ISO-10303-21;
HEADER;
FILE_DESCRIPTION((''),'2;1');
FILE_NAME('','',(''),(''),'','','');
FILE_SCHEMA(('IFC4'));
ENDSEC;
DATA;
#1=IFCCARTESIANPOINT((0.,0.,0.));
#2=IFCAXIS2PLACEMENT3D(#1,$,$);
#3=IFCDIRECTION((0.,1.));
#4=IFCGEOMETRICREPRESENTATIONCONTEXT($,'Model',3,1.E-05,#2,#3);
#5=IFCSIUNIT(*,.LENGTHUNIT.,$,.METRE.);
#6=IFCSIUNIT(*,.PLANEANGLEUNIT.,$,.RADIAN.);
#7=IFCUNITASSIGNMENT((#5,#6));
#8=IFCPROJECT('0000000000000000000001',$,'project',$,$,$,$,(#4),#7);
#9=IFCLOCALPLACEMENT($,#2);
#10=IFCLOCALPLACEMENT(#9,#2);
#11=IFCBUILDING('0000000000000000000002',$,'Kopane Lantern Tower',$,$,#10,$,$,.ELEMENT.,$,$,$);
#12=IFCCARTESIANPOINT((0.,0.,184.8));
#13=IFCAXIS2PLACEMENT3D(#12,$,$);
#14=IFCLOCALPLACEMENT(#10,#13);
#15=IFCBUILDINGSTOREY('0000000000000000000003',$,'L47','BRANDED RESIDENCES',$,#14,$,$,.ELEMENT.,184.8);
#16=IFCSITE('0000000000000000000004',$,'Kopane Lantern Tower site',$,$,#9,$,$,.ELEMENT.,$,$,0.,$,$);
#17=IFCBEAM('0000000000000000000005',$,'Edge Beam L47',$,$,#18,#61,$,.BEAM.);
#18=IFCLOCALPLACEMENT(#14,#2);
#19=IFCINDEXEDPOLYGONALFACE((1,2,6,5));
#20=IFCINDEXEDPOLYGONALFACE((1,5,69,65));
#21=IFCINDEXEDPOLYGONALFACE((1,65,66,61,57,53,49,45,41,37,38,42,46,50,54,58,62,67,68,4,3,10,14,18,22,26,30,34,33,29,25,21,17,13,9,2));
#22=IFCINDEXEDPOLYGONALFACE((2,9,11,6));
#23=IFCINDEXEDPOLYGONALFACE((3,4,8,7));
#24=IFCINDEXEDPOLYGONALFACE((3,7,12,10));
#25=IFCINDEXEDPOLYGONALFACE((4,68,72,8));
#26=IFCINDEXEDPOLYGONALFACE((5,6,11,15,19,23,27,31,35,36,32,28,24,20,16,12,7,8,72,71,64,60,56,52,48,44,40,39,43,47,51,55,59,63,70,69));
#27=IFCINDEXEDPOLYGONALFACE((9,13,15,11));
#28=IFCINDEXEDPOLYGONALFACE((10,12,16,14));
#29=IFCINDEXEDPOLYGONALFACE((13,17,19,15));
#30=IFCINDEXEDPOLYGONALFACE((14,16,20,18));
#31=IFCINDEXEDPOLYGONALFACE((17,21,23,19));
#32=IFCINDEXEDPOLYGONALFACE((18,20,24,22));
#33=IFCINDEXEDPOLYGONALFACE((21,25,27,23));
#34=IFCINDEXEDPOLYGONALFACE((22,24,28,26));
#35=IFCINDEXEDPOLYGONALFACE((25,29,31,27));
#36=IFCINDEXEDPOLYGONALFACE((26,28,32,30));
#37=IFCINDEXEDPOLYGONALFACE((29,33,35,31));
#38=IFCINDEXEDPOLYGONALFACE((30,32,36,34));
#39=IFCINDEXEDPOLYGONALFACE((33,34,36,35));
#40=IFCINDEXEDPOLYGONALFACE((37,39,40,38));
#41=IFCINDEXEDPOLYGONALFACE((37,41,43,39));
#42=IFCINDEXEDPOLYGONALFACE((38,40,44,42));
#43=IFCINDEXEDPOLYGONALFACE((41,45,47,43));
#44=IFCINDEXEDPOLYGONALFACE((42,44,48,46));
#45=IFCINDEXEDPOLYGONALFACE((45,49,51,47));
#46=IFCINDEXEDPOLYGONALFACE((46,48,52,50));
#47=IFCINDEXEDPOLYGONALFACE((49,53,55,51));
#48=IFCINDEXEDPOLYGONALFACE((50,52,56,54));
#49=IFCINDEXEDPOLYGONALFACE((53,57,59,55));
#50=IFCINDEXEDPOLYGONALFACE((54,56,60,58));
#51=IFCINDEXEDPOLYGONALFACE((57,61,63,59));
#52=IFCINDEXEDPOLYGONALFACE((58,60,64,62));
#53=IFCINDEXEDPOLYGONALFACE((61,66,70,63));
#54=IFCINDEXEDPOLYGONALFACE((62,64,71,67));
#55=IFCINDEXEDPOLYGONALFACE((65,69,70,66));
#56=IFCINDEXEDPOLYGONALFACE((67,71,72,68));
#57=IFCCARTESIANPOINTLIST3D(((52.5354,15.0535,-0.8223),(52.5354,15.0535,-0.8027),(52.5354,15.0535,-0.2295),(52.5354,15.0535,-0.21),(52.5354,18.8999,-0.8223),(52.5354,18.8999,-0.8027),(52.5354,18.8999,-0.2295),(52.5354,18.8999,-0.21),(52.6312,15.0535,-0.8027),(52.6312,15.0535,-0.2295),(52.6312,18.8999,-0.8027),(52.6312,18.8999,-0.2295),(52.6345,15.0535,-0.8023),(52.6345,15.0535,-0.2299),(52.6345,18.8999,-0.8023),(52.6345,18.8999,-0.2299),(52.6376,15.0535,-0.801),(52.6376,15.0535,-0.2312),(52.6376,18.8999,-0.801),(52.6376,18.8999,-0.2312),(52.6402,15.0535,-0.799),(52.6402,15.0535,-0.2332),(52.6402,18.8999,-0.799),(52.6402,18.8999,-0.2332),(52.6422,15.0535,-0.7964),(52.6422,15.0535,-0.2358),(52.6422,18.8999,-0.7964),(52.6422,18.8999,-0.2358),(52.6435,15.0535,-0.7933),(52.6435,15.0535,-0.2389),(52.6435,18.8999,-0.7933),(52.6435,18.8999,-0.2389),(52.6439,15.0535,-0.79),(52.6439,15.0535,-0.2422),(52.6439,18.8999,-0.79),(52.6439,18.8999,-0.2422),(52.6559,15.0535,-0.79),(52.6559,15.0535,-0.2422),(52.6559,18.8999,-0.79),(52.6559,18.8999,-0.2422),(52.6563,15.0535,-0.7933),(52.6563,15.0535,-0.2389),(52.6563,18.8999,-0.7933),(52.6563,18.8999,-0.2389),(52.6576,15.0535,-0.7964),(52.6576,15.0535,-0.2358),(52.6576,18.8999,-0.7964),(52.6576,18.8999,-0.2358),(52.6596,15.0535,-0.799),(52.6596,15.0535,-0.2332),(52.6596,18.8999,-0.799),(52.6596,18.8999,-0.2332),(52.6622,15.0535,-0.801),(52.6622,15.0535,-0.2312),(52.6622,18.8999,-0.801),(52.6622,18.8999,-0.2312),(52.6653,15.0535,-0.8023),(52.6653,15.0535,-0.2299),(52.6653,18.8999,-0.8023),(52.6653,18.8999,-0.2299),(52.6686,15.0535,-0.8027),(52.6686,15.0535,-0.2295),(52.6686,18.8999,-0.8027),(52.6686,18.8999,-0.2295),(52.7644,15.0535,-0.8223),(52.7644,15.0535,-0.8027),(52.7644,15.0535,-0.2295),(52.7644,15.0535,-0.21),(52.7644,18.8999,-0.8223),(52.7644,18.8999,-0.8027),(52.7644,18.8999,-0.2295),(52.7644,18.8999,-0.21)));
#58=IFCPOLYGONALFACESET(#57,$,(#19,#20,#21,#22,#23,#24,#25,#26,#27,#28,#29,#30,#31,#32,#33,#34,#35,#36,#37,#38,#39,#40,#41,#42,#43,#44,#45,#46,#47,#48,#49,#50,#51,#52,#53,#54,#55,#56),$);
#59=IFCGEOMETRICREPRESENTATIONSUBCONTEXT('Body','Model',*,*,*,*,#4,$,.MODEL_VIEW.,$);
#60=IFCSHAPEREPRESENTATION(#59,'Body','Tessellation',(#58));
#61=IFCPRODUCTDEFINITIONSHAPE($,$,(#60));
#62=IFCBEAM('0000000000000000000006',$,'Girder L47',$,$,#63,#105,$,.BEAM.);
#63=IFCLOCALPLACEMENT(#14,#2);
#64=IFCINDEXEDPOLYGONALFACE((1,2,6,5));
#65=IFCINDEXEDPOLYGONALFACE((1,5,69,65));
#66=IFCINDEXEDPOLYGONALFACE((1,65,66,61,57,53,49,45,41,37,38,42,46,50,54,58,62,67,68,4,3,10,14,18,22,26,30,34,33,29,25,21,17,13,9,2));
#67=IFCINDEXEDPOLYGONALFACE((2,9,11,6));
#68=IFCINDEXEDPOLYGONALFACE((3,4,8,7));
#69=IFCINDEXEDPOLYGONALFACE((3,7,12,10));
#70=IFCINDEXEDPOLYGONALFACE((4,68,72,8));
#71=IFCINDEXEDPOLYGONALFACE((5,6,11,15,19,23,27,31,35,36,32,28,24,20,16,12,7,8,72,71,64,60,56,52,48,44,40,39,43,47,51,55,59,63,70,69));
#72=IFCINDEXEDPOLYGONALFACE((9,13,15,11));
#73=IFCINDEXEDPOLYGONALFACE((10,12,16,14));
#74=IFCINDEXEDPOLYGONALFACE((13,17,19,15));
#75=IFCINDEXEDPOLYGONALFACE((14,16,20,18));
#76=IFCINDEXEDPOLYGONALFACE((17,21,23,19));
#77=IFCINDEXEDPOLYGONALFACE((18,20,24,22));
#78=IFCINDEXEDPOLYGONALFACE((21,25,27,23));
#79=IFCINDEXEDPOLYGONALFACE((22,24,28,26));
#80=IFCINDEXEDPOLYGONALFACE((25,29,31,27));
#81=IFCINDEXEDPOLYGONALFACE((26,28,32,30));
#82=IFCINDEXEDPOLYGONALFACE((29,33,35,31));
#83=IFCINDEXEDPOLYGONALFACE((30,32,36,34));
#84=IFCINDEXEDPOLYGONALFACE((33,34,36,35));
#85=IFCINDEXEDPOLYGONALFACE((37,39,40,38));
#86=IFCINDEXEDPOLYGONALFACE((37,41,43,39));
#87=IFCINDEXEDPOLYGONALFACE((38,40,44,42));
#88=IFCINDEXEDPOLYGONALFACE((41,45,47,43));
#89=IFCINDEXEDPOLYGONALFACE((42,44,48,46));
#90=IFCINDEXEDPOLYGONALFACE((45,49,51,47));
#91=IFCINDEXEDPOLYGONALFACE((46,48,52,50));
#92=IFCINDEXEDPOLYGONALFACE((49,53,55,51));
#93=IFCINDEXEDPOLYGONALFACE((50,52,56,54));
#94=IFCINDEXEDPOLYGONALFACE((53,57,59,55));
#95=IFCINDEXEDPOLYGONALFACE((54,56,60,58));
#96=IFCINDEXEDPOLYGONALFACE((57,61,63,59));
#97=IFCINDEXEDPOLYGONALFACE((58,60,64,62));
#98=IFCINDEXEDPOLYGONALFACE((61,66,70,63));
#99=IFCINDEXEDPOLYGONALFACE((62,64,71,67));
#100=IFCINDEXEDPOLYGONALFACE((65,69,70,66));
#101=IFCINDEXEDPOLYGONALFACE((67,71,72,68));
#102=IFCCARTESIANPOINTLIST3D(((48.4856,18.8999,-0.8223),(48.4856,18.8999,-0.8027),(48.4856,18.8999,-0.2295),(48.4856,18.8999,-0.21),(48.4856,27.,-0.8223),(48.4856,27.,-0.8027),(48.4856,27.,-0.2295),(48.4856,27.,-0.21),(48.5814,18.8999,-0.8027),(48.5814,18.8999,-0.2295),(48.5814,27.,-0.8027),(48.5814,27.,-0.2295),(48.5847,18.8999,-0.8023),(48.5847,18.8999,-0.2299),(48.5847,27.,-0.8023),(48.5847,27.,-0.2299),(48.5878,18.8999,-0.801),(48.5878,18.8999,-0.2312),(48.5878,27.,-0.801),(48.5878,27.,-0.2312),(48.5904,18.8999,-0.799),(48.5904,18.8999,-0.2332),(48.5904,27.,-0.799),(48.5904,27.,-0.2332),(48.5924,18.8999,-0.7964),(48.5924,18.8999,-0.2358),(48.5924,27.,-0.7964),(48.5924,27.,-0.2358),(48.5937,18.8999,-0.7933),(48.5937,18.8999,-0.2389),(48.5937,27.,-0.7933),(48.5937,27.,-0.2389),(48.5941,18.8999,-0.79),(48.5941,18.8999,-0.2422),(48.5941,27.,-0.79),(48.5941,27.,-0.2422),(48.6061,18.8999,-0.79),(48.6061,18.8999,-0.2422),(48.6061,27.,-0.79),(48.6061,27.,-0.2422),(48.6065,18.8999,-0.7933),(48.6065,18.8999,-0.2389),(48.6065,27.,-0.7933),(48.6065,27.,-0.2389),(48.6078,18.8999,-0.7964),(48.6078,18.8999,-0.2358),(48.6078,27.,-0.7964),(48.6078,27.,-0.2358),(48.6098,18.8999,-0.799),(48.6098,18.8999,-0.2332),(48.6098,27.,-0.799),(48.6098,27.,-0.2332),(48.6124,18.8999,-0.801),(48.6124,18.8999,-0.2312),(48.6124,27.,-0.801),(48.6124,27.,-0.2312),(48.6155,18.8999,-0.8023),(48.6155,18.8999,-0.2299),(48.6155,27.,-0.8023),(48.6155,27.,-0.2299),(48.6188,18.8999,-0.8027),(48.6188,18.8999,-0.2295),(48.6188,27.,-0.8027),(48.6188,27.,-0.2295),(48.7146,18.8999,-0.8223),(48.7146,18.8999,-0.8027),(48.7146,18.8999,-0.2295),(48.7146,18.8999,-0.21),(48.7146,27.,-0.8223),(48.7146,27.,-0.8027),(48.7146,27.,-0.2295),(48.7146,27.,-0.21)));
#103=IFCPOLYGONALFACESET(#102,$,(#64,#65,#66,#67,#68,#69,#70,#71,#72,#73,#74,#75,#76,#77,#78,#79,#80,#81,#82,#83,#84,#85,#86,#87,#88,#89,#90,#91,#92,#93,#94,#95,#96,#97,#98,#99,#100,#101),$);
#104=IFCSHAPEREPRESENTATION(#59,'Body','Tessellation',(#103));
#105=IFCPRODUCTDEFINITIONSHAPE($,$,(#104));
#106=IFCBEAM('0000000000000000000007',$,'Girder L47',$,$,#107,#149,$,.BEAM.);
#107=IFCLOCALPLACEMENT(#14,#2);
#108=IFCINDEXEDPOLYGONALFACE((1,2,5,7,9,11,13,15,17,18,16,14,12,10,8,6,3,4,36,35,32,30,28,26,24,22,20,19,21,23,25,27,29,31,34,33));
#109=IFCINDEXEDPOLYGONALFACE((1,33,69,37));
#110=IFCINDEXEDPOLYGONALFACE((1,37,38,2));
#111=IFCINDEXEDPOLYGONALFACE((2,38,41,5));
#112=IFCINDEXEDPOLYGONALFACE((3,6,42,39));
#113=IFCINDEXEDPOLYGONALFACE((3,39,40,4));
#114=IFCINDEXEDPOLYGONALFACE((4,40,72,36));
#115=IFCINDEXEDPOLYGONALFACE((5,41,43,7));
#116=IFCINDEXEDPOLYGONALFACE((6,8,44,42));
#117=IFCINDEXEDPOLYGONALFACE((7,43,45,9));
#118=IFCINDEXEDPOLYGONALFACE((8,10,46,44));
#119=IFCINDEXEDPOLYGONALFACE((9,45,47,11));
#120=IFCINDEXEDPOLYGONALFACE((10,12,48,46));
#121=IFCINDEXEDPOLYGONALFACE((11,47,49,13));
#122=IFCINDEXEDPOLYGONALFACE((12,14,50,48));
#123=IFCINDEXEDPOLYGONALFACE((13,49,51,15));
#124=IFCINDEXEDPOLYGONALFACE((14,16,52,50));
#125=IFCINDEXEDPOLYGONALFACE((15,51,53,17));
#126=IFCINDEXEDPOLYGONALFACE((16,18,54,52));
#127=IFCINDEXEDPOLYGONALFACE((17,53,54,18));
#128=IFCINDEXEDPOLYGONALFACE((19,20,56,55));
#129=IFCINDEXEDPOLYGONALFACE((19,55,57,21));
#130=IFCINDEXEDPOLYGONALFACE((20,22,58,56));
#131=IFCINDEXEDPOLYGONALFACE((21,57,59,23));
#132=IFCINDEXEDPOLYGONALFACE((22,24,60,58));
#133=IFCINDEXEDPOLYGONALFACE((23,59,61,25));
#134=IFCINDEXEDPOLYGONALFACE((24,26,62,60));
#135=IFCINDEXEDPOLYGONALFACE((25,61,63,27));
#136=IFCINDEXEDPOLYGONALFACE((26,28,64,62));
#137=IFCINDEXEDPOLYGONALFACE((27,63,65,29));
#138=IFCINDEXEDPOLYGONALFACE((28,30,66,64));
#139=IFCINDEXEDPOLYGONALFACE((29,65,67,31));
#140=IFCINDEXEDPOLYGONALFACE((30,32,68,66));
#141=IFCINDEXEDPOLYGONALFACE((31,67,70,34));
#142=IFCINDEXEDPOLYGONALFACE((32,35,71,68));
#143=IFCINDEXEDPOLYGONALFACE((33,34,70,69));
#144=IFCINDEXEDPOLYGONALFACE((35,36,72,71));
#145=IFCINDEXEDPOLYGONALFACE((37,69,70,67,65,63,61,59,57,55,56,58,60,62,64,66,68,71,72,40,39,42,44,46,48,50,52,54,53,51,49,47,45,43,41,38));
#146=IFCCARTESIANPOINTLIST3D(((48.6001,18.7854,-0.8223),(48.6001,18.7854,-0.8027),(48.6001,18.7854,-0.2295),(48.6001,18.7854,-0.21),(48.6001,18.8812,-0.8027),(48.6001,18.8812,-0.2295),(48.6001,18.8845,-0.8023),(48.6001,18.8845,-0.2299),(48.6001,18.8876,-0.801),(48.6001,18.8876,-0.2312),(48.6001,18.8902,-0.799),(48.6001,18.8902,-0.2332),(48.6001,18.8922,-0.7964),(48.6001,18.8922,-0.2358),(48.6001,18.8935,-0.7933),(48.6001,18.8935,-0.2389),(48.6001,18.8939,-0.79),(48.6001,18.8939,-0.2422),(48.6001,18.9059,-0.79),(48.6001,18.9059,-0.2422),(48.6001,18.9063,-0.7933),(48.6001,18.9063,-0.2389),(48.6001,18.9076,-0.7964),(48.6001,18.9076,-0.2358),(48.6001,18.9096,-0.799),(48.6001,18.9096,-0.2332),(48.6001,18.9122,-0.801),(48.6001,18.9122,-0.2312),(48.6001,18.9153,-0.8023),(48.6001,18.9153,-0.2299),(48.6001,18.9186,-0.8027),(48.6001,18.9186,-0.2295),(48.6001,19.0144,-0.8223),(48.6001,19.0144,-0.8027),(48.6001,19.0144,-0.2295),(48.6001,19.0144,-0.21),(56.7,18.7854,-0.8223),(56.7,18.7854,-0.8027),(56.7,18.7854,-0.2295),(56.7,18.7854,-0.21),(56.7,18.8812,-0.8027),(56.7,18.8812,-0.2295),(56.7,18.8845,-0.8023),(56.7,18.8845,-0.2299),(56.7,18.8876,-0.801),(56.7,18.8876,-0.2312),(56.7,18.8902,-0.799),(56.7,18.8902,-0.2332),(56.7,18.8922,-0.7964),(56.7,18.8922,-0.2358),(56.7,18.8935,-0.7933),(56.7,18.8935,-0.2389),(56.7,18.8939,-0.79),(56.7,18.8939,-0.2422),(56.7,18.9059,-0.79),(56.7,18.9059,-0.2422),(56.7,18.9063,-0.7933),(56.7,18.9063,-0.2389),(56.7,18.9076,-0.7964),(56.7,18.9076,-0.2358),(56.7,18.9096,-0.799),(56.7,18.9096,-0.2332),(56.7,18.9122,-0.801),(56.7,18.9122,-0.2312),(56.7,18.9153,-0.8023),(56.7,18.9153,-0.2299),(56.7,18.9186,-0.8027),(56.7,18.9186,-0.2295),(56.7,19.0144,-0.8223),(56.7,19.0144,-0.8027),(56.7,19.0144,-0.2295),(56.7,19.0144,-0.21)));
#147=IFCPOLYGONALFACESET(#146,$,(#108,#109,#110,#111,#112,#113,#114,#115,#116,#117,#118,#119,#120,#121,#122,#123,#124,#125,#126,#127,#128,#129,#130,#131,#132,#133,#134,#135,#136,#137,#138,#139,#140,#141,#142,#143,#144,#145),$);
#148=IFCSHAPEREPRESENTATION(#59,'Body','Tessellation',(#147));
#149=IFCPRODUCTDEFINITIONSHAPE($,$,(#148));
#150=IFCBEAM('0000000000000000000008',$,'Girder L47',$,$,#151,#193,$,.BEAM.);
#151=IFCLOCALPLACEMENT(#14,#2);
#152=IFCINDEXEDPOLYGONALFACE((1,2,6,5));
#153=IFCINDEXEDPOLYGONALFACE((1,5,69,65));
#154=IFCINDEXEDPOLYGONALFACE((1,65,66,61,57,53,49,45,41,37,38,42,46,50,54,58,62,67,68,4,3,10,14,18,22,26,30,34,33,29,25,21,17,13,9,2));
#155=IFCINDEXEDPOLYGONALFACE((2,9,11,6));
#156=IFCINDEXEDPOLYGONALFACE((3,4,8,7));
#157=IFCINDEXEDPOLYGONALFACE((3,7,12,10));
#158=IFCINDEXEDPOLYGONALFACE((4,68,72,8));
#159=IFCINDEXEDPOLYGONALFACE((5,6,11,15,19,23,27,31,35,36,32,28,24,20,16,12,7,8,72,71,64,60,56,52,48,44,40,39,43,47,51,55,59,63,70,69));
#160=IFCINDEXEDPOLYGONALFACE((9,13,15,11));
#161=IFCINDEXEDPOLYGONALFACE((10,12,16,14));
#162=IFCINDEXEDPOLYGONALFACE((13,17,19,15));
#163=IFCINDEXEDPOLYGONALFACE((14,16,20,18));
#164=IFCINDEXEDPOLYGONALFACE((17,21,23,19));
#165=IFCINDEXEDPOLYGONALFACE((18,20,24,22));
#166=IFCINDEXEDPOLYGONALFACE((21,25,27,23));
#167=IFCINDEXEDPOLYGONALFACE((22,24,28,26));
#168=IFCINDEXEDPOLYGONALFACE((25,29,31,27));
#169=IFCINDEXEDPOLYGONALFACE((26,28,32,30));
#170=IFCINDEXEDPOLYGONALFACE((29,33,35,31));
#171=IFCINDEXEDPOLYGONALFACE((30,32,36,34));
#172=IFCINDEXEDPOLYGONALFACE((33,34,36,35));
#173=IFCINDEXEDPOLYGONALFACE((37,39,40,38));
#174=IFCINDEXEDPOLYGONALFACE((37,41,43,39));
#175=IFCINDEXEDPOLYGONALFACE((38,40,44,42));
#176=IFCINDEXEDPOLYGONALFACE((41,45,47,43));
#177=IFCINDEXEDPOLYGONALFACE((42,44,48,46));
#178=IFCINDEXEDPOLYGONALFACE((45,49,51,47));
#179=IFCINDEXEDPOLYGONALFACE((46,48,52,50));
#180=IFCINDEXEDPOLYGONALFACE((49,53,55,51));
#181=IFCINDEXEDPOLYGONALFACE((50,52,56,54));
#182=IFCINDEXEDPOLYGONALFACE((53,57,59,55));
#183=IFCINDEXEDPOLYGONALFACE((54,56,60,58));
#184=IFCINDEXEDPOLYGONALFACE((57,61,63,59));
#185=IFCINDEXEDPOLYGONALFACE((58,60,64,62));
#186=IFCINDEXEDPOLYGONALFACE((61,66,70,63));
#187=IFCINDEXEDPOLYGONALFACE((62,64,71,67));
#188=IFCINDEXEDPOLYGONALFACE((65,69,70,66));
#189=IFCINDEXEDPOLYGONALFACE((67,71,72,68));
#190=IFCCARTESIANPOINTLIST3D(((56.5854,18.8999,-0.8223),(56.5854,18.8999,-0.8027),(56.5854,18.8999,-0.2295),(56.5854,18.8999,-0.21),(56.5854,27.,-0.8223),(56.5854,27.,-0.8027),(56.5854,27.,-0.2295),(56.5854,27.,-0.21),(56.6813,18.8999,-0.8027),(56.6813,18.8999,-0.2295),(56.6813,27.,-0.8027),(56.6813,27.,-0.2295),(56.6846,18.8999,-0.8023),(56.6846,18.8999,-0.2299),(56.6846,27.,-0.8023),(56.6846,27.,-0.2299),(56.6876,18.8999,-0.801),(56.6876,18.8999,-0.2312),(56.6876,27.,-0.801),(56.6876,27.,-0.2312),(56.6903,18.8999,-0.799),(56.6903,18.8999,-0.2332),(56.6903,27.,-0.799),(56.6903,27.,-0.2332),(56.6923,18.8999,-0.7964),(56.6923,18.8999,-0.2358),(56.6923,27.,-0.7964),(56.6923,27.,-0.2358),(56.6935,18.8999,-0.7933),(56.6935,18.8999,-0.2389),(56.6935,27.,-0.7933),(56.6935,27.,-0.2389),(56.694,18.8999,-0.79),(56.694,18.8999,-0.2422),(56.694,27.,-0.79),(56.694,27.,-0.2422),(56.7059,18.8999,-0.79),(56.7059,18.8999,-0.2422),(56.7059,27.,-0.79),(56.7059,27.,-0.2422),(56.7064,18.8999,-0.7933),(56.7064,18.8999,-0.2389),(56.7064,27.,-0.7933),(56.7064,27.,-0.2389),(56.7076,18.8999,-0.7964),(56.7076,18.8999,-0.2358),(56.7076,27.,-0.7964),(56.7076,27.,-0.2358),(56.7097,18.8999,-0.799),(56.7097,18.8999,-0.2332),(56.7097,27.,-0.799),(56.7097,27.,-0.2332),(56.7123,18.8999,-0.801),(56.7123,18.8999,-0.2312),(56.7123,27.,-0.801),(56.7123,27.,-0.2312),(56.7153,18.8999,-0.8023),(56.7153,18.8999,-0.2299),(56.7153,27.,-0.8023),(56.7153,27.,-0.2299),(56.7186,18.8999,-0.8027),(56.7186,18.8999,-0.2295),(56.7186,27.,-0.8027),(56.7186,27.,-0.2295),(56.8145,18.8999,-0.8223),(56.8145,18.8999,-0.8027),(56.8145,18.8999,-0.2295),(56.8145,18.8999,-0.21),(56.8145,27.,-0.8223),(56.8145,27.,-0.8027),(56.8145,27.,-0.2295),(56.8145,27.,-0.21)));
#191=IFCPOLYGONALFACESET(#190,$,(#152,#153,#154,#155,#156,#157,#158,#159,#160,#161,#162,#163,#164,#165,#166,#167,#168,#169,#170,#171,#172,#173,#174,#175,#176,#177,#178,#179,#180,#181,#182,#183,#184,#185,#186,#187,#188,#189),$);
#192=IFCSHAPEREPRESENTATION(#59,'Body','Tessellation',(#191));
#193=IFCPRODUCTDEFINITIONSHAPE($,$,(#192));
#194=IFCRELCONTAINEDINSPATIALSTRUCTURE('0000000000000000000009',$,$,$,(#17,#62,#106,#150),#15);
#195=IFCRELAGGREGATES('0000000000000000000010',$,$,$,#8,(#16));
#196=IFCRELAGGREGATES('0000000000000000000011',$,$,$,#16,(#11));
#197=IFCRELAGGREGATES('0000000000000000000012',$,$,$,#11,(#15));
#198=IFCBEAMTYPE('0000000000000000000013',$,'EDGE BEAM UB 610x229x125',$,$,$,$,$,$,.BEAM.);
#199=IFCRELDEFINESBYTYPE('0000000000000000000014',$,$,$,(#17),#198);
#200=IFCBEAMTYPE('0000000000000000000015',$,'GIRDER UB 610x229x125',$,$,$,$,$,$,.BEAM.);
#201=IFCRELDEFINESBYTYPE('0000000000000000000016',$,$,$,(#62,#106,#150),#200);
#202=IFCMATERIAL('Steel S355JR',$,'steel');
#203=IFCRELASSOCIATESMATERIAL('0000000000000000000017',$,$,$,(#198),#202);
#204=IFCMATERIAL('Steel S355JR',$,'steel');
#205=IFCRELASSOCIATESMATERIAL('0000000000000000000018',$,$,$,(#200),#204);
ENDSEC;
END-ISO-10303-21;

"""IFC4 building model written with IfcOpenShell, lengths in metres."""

from ifc_helpers import new_model, si_unit, direction, frame, origin, origin_2d, place, context, subcontext, project, spatial, i_section, extrude, material, material_profile, profile_set, type_object, element, save


model = new_model("IFC4")

# Units and contexts
model_context = context("Model", 3, precision=1e-05, world=origin(), true_north=direction((0.0, 1.0)))
body_context = subcontext(model_context, "Body", "Model", "MODEL_VIEW")
ifc_project = project(units=[si_unit("LENGTHUNIT", "METRE"), si_unit("PLANEANGLEUNIT", "RADIAN")], contexts=[model_context])

# Site, building, storey
site_placement = place(None, origin())
site = spatial("IfcSite", under=ifc_project, at=site_placement, Name="Kopane Lantern Tower site", CompositionType="ELEMENT", RefElevation=0.0)
building_placement = place(site_placement, origin())
building = spatial("IfcBuilding", under=site, at=building_placement, Name="Kopane Lantern Tower", CompositionType="ELEMENT")
storey_placement = place(building_placement, frame((0.0, 0.0, 184.8)))
storey = spatial("IfcBuildingStorey", under=building, at=storey_placement, Name="L47", Description="BRANDED RESIDENCES", CompositionType="ELEMENT", Elevation=184.8)

# Beams
ifc_material_1 = material(Name="Steel S355JR", Category="steel")
ifc_material_profile_1 = material_profile(ifc_material_1, i_section(OverallWidth=0.229, OverallDepth=0.6123, WebThickness=0.012, FlangeThickness=0.0195, FilletRadius=0.0127, at=origin_2d()), Name="UB 610x229x125")
ifc_profile_set_1 = profile_set([ifc_material_profile_1], Name="Steel S355JR")
beam_type_1 = type_object("IfcBeamType", Name="EDGE BEAM UB 610x229x125", PredefinedType="BEAM", material=ifc_profile_set_1)
for number, where, z_axis, x_axis, name in (
    (1, (52.6499, 15.0535, -0.5161), (0.0, 1.0, 0.0), (-1.0, 0.0, 0.0), "Edge Beam L47"),
):
    element("IfcBeam", number, at=place(storey_placement, frame(where, z_axis=z_axis, x_axis=x_axis)), inside=storey, type_object=beam_type_1, Name=name, PredefinedType="BEAM", context=body_context, shape_type="SweptSolid", body=[
        extrude(i_section(OverallWidth=0.229, OverallDepth=0.6123, WebThickness=0.012, FlangeThickness=0.0195, FilletRadius=0.0127, at=origin_2d()), origin(), (0.0, 0.0, 1.0), 3.8464),
    ])
ifc_material_2 = material(Name="Steel S355JR", Category="steel")
ifc_material_profile_2 = material_profile(ifc_material_2, i_section(OverallWidth=0.229, OverallDepth=0.6123, WebThickness=0.012, FlangeThickness=0.0195, FilletRadius=0.0127, at=origin_2d()), Name="UB 610x229x125")
ifc_profile_set_2 = profile_set([ifc_material_profile_2], Name="Steel S355JR")
beam_type_2 = type_object("IfcBeamType", Name="GIRDER UB 610x229x125", PredefinedType="BEAM", material=ifc_profile_set_2)
beam_1_placement = place(storey_placement, frame((48.6001, 18.8999, -0.5161), z_axis=(0.0, 1.0, 0.0), x_axis=(-1.0, 0.0, 0.0)))
element("IfcBeam", 2, at=beam_1_placement, inside=storey, type_object=beam_type_2, Name="Girder L47", PredefinedType="BEAM", context=body_context, shape_type="SweptSolid", body=[
    extrude(i_section(OverallWidth=0.229, OverallDepth=0.6123, WebThickness=0.012, FlangeThickness=0.0195, FilletRadius=0.0127, at=origin_2d()), origin(), (0.0, 0.0, 1.0), 8.1001),
])
beam_2_placement = place(storey_placement, frame((48.6001, 18.8999, -0.5161), z_axis=(1.0, 0.0, 0.0), x_axis=(0.0, 1.0, 0.0)))
element("IfcBeam", 3, at=beam_2_placement, inside=storey, type_object=beam_type_2, Name="Girder L47", PredefinedType="BEAM", context=body_context, shape_type="SweptSolid", body=[
    extrude(i_section(OverallWidth=0.229, OverallDepth=0.6123, WebThickness=0.012, FlangeThickness=0.0195, FilletRadius=0.0127, at=origin_2d()), origin(), (0.0, 0.0, 1.0), 8.0999),
])
beam_3_placement = place(storey_placement, frame((56.7, 18.8999, -0.5161), z_axis=(0.0, 1.0, 0.0), x_axis=(-1.0, 0.0, 0.0)))
element("IfcBeam", 4, at=beam_3_placement, inside=storey, type_object=beam_type_2, Name="Girder L47", PredefinedType="BEAM", context=body_context, shape_type="SweptSolid", body=[
    extrude(i_section(OverallWidth=0.229, OverallDepth=0.6123, WebThickness=0.012, FlangeThickness=0.0195, FilletRadius=0.0127, at=origin_2d()), origin(), (0.0, 0.0, 1.0), 8.1001),
])

save(model, "model.ifc")
